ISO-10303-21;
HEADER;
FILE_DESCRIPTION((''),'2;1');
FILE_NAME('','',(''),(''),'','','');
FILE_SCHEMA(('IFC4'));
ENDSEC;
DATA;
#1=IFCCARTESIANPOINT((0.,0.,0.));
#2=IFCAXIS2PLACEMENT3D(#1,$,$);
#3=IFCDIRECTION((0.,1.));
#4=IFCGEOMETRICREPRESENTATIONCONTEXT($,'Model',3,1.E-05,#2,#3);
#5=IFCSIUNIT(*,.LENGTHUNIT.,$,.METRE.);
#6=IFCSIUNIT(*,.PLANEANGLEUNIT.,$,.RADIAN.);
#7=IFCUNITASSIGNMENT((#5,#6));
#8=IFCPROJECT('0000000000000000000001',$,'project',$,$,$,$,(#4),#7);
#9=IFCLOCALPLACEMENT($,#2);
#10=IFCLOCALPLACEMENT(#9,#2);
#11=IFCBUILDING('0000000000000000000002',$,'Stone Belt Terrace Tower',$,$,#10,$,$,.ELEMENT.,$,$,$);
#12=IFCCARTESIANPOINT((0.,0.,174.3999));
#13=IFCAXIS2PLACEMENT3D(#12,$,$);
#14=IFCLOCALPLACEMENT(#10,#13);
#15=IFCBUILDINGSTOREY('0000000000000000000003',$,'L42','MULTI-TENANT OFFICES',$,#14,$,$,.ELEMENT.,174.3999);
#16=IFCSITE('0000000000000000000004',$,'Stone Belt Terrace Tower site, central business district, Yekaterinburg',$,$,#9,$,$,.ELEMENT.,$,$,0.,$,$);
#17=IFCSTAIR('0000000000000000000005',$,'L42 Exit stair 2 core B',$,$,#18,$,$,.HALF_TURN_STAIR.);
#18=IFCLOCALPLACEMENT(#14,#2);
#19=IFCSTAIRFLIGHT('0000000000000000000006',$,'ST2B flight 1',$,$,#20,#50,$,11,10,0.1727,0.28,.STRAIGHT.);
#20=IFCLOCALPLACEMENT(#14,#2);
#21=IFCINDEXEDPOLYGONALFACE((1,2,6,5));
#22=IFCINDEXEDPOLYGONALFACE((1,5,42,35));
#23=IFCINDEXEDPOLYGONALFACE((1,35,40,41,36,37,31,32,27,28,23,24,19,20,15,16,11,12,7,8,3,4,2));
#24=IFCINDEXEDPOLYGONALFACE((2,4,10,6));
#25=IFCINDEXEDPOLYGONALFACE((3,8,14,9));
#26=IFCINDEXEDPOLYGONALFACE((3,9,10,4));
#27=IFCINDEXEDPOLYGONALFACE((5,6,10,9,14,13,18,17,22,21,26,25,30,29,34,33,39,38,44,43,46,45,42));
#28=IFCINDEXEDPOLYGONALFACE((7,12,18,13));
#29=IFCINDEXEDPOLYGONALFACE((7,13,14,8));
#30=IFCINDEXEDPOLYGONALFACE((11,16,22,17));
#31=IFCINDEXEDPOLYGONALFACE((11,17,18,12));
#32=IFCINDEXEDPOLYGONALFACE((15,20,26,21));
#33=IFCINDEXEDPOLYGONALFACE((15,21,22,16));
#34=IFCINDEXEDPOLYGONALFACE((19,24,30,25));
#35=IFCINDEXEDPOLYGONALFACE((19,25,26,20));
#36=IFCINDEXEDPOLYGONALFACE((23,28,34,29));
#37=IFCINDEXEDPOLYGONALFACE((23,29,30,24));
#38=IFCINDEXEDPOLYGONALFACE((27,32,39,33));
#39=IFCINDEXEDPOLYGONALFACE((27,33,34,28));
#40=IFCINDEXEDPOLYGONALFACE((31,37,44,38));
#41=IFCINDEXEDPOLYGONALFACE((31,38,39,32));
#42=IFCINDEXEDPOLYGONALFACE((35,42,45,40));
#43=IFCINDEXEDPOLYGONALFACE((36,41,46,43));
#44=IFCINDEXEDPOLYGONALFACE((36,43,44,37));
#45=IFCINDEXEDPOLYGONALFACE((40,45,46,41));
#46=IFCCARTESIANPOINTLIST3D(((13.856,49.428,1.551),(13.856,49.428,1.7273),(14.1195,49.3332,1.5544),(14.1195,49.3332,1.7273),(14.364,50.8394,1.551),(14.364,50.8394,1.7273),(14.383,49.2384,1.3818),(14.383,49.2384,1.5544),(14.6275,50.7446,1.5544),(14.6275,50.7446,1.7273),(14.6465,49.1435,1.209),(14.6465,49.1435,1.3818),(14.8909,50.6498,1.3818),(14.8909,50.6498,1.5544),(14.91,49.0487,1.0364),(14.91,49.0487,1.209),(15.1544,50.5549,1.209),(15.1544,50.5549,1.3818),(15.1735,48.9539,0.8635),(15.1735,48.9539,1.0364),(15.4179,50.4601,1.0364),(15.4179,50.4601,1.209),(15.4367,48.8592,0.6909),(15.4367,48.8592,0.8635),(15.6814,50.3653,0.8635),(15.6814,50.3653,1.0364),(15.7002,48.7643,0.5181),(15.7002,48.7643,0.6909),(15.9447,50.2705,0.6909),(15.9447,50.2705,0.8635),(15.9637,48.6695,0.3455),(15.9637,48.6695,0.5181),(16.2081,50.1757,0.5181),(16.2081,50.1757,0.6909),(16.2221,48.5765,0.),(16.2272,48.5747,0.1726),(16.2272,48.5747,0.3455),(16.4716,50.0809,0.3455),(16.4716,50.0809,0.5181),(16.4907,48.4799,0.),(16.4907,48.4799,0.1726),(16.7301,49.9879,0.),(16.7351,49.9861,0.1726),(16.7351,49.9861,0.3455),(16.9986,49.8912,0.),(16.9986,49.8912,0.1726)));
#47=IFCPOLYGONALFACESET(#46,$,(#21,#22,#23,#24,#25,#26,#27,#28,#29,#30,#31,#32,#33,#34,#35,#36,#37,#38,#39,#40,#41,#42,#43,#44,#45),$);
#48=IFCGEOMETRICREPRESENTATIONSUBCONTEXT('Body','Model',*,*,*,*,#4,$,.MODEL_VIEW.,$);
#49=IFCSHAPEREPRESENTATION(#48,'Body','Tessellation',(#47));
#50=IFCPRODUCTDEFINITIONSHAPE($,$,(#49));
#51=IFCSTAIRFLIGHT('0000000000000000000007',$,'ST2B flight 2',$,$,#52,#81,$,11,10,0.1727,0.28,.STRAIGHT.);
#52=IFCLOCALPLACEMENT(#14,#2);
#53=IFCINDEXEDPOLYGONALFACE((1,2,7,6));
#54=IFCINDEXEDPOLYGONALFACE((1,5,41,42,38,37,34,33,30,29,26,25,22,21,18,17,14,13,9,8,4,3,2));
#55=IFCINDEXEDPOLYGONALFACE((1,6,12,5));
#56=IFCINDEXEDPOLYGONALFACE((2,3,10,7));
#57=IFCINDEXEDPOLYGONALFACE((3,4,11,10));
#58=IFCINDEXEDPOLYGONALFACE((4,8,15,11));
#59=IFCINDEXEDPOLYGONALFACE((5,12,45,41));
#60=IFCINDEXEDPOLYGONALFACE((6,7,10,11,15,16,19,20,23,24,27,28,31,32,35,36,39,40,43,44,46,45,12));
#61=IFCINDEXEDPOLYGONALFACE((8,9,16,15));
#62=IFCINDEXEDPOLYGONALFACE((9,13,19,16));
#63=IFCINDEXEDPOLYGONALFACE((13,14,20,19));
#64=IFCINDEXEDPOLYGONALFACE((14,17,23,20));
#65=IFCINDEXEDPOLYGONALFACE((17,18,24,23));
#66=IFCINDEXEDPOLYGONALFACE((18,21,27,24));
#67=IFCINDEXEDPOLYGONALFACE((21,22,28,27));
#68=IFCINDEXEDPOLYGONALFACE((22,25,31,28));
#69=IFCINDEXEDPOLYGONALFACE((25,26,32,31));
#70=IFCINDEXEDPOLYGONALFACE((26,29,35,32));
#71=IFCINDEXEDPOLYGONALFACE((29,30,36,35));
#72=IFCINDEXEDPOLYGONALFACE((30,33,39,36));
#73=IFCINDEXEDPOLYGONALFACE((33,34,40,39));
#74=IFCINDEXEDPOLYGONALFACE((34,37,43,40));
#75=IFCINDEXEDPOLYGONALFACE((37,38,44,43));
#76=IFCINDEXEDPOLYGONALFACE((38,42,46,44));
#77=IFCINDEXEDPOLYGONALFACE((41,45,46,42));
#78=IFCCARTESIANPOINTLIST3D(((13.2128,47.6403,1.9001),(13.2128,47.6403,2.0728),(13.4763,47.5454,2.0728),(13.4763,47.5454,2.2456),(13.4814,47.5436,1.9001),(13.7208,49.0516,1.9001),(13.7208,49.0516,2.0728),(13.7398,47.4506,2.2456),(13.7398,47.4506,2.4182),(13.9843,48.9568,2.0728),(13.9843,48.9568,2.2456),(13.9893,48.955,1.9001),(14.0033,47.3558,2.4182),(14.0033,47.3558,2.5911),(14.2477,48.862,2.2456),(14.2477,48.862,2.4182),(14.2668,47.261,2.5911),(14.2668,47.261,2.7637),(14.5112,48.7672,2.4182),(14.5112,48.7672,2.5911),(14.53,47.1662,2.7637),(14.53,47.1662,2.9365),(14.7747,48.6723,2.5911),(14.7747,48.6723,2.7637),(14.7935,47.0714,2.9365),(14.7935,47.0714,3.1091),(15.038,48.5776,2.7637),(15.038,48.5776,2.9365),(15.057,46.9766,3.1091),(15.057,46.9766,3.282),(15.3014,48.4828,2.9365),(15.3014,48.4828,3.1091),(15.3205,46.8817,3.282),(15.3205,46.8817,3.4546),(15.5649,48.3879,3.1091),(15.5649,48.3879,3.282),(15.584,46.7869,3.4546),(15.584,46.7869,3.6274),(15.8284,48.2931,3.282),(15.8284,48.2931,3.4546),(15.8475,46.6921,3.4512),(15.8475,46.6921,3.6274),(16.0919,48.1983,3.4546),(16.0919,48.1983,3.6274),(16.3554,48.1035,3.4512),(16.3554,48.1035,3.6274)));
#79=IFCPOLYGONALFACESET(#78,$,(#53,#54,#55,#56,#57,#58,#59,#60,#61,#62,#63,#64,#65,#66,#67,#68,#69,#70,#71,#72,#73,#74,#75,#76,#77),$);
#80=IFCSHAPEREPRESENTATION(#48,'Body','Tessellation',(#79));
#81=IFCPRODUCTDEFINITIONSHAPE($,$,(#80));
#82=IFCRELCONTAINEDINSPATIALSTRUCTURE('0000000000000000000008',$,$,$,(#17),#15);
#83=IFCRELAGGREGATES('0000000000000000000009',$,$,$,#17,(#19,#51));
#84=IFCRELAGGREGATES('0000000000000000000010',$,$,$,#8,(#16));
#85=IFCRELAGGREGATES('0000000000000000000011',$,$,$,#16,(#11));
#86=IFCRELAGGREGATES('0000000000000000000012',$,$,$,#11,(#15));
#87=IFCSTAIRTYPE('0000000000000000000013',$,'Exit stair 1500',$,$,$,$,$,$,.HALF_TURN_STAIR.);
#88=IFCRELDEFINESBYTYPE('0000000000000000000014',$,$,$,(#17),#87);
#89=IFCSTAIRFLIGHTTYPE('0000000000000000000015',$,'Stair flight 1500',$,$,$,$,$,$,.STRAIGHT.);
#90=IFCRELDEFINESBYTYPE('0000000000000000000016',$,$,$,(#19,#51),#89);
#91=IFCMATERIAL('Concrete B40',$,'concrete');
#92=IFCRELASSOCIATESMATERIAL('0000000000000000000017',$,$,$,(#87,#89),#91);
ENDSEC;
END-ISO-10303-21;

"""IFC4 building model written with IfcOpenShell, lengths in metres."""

from ifc_helpers import new_model, si_unit, direction, frame, origin, place, context, subcontext, project, spatial, polyline, outline, extrude, material, type_object, element, aggregate, save


model = new_model("IFC4")

# Units and contexts
model_context = context("Model", 3, precision=1e-05, world=origin(), true_north=direction((0.0, 1.0)))
body_context = subcontext(model_context, "Body", "Model", "MODEL_VIEW")
ifc_project = project(units=[si_unit("LENGTHUNIT", "METRE"), si_unit("PLANEANGLEUNIT", "RADIAN")], contexts=[model_context])

# Site, building, storey
site_placement = place(None, origin())
site = spatial("IfcSite", under=ifc_project, at=site_placement, Name="Stone Belt Terrace Tower site, central business district, Yekaterinburg", CompositionType="ELEMENT", RefElevation=0.0)
building_placement = place(site_placement, origin())
building = spatial("IfcBuilding", under=site, at=building_placement, Name="Stone Belt Terrace Tower", CompositionType="ELEMENT")
storey_placement = place(building_placement, frame((0.0, 0.0, 174.3999)))
storey = spatial("IfcBuildingStorey", under=building, at=storey_placement, Name="L42", Description="MULTI-TENANT OFFICES", CompositionType="ELEMENT", Elevation=174.3999)

# Stair, stair flights
ifc_material_1 = material(Name="Concrete B40", Category="concrete")
stair_type = type_object("IfcStairType", Name="Exit stair 1500", PredefinedType="HALF_TURN_STAIR", material=ifc_material_1)
stair_placement = place(storey_placement, origin())
stair = element("IfcStair", 1, at=stair_placement, inside=storey, type_object=stair_type, Name="L42 Exit stair 2 core B", PredefinedType="HALF_TURN_STAIR")
stair_flight_type = type_object("IfcStairFlightType", Name="Stair flight 1500", PredefinedType="STRAIGHT", material=ifc_material_1)
stair_flight_1_placement = place(storey_placement, frame((16.7446, 49.1855, 0.0), z_axis=(0.0, 0.0, 1.0), x_axis=(-0.940922, 0.338624, 0.0)))
stair_flight_1 = element("IfcStairFlight", 2, at=stair_flight_1_placement, type_object=stair_flight_type, Name="ST2B flight 1", NumberOfRisers=11, NumberOfTreads=10, PredefinedType="STRAIGHT", RiserHeight=0.1727, TreadLength=0.28, context=body_context, shape_type="SweptSolid", body=[
    extrude(outline(polyline([(0.0, 0.0), (0.0, 0.1726), (0.28, 0.1726), (0.28, 0.3455), (0.5601, 0.3455), (0.5601, 0.5181), (0.8401, 0.5181), (0.8401, 0.6909), (1.1201, 0.6909), (1.1201, 0.8635), (1.3999, 0.8635), (1.3999, 1.0364), (1.6799, 1.0364), (1.6799, 1.209), (1.96, 1.209), (1.96, 1.3818), (2.24, 1.3818), (2.24, 1.5544), (2.52, 1.5544), (2.52, 1.7273), (2.8, 1.7273), (2.8, 1.8999), (2.8, 1.551), (0.2854, 0.0), (0.0, 0.0)])), frame((0.0, 0.75, 0.0), z_axis=(0.0, -1.0, 0.0), x_axis=(1.0, 0.0, 0.0)), (0.0, 0.0, 1.0), 1.5),
])
stair_flight_2_placement = place(storey_placement, frame((13.4668, 48.3459, 1.9001), z_axis=(0.0, 0.0, 1.0), x_axis=(0.940922, -0.338624, 0.0)))
stair_flight_2 = element("IfcStairFlight", 3, at=stair_flight_2_placement, type_object=stair_flight_type, Name="ST2B flight 2", NumberOfRisers=11, NumberOfTreads=10, PredefinedType="STRAIGHT", RiserHeight=0.1727, TreadLength=0.28, context=body_context, shape_type="SweptSolid", body=[
    extrude(outline(polyline([(0.0, 0.0), (0.0, 0.1726), (0.28, 0.1726), (0.28, 0.3455), (0.5601, 0.3455), (0.5601, 0.5181), (0.8401, 0.5181), (0.8401, 0.6909), (1.1201, 0.6909), (1.1201, 0.8635), (1.3999, 0.8635), (1.3999, 1.0364), (1.6799, 1.0364), (1.6799, 1.209), (1.96, 1.209), (1.96, 1.3818), (2.24, 1.3818), (2.24, 1.5544), (2.52, 1.5544), (2.52, 1.7273), (2.8, 1.7273), (2.8, 1.8999), (2.8, 1.551), (0.2854, 0.0), (0.0, 0.0)])), frame((0.0, 0.75, 0.0), z_axis=(0.0, -1.0, 0.0), x_axis=(1.0, 0.0, 0.0)), (0.0, 0.0, 1.0), 1.5),
])
aggregate(stair, [stair_flight_1, stair_flight_2])

save(model, "model.ifc")
